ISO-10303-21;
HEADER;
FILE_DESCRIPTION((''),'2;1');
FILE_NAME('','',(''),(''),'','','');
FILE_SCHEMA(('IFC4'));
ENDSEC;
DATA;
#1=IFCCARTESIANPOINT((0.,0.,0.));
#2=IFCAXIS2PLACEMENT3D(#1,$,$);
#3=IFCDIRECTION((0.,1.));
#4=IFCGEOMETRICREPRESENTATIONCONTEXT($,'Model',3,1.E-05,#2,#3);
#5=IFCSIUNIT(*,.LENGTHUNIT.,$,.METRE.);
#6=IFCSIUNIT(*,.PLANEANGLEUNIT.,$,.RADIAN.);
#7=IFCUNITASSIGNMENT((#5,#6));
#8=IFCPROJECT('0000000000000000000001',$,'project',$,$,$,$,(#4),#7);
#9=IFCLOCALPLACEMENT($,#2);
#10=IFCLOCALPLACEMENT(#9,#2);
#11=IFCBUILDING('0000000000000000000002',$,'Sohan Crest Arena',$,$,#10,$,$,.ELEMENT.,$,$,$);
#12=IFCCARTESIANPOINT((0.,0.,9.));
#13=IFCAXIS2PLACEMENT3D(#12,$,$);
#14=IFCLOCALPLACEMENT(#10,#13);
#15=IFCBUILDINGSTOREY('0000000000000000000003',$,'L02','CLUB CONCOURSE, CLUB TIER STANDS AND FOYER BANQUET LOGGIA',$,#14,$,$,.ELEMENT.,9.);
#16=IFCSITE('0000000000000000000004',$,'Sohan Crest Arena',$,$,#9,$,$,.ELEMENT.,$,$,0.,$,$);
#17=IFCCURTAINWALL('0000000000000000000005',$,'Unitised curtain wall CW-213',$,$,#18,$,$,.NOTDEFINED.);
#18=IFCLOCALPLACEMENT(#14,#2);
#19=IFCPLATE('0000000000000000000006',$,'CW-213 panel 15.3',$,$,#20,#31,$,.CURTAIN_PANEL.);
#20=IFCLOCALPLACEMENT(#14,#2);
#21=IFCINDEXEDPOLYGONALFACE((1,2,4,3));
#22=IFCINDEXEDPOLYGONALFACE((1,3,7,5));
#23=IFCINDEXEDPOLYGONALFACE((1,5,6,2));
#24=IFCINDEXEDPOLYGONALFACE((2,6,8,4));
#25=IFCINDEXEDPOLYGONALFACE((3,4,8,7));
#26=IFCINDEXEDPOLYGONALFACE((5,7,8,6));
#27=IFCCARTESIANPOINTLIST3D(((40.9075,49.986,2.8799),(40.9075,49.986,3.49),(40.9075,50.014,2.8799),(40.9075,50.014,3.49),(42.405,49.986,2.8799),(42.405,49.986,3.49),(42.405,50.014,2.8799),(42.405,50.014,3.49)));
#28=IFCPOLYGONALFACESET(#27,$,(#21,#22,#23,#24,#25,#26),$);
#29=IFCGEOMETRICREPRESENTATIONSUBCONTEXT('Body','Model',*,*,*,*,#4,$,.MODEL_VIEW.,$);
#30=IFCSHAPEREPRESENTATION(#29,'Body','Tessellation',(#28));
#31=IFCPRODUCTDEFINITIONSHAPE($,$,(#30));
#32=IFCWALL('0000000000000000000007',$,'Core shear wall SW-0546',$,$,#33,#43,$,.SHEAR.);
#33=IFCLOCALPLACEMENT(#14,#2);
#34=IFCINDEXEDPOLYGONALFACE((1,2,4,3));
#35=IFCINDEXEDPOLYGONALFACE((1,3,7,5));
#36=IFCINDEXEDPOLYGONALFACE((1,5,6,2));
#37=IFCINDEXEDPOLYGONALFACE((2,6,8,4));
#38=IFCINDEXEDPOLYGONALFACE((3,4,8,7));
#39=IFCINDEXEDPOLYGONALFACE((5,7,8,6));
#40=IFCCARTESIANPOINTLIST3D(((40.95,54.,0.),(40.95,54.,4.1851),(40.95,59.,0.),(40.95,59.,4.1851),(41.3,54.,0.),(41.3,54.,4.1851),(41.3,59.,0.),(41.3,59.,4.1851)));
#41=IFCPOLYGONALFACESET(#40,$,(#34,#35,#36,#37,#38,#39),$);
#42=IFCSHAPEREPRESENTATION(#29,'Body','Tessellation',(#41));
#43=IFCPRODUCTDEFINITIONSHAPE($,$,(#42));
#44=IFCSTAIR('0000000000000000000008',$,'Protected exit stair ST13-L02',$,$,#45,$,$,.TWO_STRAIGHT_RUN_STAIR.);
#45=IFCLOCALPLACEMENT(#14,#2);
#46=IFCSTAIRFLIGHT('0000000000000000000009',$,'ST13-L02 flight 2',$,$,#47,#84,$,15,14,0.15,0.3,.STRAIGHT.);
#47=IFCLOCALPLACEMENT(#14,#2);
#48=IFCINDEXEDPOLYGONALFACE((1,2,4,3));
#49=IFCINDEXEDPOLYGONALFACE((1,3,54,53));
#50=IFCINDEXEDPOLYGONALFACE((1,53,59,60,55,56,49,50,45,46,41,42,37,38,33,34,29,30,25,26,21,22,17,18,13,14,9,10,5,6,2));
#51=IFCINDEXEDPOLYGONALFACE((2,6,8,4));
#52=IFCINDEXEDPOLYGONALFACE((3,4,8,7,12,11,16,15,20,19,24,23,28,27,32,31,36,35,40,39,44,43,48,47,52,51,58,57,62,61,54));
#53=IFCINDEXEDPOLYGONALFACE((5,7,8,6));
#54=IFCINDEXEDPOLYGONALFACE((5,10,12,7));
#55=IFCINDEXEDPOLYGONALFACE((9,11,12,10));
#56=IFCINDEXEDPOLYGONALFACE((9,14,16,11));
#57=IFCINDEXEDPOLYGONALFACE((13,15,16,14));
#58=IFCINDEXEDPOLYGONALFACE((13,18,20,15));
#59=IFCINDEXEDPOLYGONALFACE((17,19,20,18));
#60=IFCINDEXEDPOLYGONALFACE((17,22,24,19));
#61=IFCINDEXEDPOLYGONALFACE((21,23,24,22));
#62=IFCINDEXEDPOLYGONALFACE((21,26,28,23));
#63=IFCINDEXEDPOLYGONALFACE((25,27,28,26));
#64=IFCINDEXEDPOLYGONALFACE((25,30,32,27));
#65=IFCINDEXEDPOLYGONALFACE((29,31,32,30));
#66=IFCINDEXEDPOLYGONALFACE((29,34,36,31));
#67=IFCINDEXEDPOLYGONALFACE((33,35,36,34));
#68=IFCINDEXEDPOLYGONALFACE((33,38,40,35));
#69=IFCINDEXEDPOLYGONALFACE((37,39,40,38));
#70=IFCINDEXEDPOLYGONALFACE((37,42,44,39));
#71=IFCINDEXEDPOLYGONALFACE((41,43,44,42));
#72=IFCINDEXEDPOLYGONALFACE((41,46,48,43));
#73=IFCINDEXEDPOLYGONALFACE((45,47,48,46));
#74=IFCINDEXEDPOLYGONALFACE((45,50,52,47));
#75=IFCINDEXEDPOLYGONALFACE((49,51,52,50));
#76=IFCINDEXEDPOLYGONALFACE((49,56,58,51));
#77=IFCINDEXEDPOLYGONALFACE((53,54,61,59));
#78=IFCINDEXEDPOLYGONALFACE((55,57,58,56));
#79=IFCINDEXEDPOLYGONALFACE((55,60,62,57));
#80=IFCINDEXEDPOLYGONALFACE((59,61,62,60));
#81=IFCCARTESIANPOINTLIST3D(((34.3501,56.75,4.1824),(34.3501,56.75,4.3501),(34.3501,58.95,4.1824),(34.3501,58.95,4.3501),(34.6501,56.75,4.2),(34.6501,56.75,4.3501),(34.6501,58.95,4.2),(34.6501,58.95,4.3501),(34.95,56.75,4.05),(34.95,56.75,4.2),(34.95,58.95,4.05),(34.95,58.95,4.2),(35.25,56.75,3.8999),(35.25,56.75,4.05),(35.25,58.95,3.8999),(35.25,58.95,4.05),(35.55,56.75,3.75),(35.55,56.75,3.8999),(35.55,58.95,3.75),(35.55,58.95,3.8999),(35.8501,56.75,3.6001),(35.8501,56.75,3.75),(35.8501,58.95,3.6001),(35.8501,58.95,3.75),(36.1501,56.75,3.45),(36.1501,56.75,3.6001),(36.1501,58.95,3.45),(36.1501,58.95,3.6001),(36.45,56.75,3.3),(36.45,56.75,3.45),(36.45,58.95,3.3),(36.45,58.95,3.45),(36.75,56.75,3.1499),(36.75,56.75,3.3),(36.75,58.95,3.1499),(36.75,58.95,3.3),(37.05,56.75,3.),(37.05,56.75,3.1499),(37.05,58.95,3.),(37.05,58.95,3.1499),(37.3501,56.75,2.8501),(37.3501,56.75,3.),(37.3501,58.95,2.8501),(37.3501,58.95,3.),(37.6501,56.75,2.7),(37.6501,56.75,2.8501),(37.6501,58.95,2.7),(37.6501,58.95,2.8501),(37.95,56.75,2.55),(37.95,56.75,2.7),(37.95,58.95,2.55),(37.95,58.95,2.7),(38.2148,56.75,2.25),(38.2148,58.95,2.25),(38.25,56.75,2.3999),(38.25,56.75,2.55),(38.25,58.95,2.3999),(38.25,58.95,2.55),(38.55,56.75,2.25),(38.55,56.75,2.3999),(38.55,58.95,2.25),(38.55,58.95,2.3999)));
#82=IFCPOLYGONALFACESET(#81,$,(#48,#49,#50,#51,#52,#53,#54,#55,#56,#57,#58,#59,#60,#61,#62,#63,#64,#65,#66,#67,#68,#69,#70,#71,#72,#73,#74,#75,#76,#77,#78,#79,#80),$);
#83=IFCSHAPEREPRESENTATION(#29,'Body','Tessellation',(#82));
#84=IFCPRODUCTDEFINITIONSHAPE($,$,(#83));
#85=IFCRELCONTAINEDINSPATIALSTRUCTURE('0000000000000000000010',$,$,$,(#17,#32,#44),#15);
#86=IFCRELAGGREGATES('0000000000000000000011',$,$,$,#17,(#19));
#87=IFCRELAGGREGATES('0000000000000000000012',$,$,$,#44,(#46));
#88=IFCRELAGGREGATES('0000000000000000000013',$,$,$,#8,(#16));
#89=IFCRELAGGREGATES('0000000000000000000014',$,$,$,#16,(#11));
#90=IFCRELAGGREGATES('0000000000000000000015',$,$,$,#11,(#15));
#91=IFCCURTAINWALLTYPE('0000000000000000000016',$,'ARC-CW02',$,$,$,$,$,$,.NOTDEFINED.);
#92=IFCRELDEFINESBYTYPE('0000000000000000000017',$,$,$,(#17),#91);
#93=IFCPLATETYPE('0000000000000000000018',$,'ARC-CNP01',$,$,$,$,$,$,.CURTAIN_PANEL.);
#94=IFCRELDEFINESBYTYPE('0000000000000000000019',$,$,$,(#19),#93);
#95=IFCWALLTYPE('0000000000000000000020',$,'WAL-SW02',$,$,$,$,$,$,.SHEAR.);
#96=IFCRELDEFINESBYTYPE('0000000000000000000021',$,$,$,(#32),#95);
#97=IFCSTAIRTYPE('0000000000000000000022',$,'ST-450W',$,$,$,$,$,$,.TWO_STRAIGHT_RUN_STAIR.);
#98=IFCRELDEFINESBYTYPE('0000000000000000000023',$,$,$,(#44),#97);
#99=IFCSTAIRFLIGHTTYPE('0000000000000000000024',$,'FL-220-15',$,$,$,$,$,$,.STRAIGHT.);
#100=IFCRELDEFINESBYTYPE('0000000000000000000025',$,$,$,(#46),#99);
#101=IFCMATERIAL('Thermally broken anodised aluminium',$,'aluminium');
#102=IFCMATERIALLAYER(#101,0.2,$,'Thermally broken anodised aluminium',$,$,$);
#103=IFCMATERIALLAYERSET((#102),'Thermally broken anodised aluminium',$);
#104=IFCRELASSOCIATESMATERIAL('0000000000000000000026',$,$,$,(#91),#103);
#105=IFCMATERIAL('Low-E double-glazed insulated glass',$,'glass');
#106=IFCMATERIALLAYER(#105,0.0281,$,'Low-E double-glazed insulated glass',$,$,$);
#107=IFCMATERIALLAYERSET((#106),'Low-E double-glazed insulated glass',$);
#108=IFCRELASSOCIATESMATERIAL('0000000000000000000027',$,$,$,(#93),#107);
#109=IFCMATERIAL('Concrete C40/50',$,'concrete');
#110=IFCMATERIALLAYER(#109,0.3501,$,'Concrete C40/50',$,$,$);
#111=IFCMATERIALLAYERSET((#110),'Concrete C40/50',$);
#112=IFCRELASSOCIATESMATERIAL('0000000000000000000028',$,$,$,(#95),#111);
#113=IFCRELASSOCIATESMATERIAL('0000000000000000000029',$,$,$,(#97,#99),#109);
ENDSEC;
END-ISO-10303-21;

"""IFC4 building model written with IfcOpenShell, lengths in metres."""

from ifc_helpers import new_model, si_unit, direction, frame, frame_2d, origin, origin_2d, place, context, subcontext, project, spatial, polyline, rectangle, outline, extrude, material, layer, layer_set, type_object, element, aggregate, save


model = new_model("IFC4")

# Units and contexts
model_context = context("Model", 3, precision=1e-05, world=origin(), true_north=direction((0.0, 1.0)))
body_context = subcontext(model_context, "Body", "Model", "MODEL_VIEW")
ifc_project = project(units=[si_unit("LENGTHUNIT", "METRE"), si_unit("PLANEANGLEUNIT", "RADIAN")], contexts=[model_context])

# Site, building, storey
site_placement = place(None, origin())
site = spatial("IfcSite", under=ifc_project, at=site_placement, Name="Sohan Crest Arena", CompositionType="ELEMENT", RefElevation=0.0)
building_placement = place(site_placement, origin())
building = spatial("IfcBuilding", under=site, at=building_placement, Name="Sohan Crest Arena", CompositionType="ELEMENT")
storey_placement = place(building_placement, frame((0.0, 0.0, 9.0)))
storey = spatial("IfcBuildingStorey", under=building, at=storey_placement, Name="L02", Description="CLUB CONCOURSE, CLUB TIER STANDS AND FOYER BANQUET LOGGIA", CompositionType="ELEMENT", Elevation=9.0)

# Curtain wall, plate
ifc_material_1 = material(Name="Thermally broken anodised aluminium", Category="aluminium")
ifc_layer_1 = layer(ifc_material_1, 0.2, Name="Thermally broken anodised aluminium")
ifc_layer_set_1 = layer_set([ifc_layer_1], Name="Thermally broken anodised aluminium")
curtain_wall_type = type_object("IfcCurtainWallType", Name="ARC-CW02", PredefinedType="NOTDEFINED", material=ifc_layer_set_1)
curtain_wall_placement = place(storey_placement, origin())
curtain_wall = element("IfcCurtainWall", 1, at=curtain_wall_placement, inside=storey, type_object=curtain_wall_type, Name="Unitised curtain wall CW-213", PredefinedType="NOTDEFINED")
ifc_material_2 = material(Name="Low-E double-glazed insulated glass", Category="glass")
ifc_layer_2 = layer(ifc_material_2, 0.0281, Name="Low-E double-glazed insulated glass")
ifc_layer_set_2 = layer_set([ifc_layer_2], Name="Low-E double-glazed insulated glass")
plate_type = type_object("IfcPlateType", Name="ARC-CNP01", PredefinedType="CURTAIN_PANEL", material=ifc_layer_set_2)
plate_1_placement = place(storey_placement, frame((41.6562, 50.0, 2.8799), z_axis=(0.0, 0.0, 1.0), x_axis=(1.0, 0.0, 0.0)))
plate_1 = element("IfcPlate", 2, at=plate_1_placement, type_object=plate_type, Name="CW-213 panel 15.3", PredefinedType="CURTAIN_PANEL", context=body_context, shape_type="SweptSolid", body=[
    extrude(rectangle(XDim=1.4976, YDim=0.0281, at=origin_2d()), origin(), (0.0, 0.0, 1.0), 0.6101),
])
aggregate(curtain_wall, [plate_1])

# Wall
ifc_material_3 = material(Name="Concrete C40/50", Category="concrete")
ifc_layer_3 = layer(ifc_material_3, 0.3501, Name="Concrete C40/50")
ifc_layer_set_3 = layer_set([ifc_layer_3], Name="Concrete C40/50")
wall_type = type_object("IfcWallType", Name="WAL-SW02", PredefinedType="SHEAR", material=ifc_layer_set_3)
wall_placement = place(storey_placement, frame((41.125, 54.0, 0.0), z_axis=(0.0, 0.0, 1.0), x_axis=(0.0, 1.0, 0.0)))
element("IfcWall", 3, at=wall_placement, inside=storey, type_object=wall_type, Name="Core shear wall SW-0546", PredefinedType="SHEAR", context=body_context, shape_type="SweptSolid", body=[
    extrude(rectangle(XDim=5.0, YDim=0.3501, at=frame_2d((2.5, 0.0))), origin(), (0.0, 0.0, 1.0), 4.1851),
])

# Stair, stair flight
stair_type = type_object("IfcStairType", Name="ST-450W", PredefinedType="TWO_STRAIGHT_RUN_STAIR", material=ifc_material_3)
stair_placement = place(storey_placement, origin())
stair = element("IfcStair", 4, at=stair_placement, inside=storey, type_object=stair_type, Name="Protected exit stair ST13-L02", PredefinedType="TWO_STRAIGHT_RUN_STAIR")
stair_flight_type = type_object("IfcStairFlightType", Name="FL-220-15", PredefinedType="STRAIGHT", material=ifc_material_3)
stair_flight_placement = place(storey_placement, frame((38.55, 57.8501, 2.25), z_axis=(0.0, 0.0, 1.0), x_axis=(-1.0, 0.0, 0.0)))
stair_flight = element("IfcStairFlight", 5, at=stair_flight_placement, type_object=stair_flight_type, Name="ST13-L02 flight 2", NumberOfRisers=15, NumberOfTreads=14, PredefinedType="STRAIGHT", RiserHeight=0.15, TreadLength=0.3, context=body_context, shape_type="SweptSolid", body=[
    extrude(outline(polyline([(0.0, 0.0), (0.0, 0.1499), (0.3, 0.1499), (0.3, 0.3), (0.6001, 0.3), (0.6001, 0.45), (0.8999, 0.45), (0.8999, 0.6001), (1.2, 0.6001), (1.2, 0.75), (1.5, 0.75), (1.5, 0.8999), (1.8, 0.8999), (1.8, 1.05), (2.1001, 1.05), (2.1001, 1.2), (2.3999, 1.2), (2.3999, 1.3501), (2.7, 1.3501), (2.7, 1.5), (3.0, 1.5), (3.0, 1.6499), (3.3, 1.6499), (3.3, 1.8), (3.6001, 1.8), (3.6001, 1.95), (3.8999, 1.95), (3.8999, 2.1001), (4.2, 2.1001), (4.2, 2.25), (4.2, 1.9324), (0.3352, 0.0), (0.0, 0.0)])), frame((0.0, 1.1001, 0.0), z_axis=(0.0, -1.0, 0.0), x_axis=(1.0, 0.0, 0.0)), (0.0, 0.0, 1.0), 2.2),
])
aggregate(stair, [stair_flight])

save(model, "model.ifc")
